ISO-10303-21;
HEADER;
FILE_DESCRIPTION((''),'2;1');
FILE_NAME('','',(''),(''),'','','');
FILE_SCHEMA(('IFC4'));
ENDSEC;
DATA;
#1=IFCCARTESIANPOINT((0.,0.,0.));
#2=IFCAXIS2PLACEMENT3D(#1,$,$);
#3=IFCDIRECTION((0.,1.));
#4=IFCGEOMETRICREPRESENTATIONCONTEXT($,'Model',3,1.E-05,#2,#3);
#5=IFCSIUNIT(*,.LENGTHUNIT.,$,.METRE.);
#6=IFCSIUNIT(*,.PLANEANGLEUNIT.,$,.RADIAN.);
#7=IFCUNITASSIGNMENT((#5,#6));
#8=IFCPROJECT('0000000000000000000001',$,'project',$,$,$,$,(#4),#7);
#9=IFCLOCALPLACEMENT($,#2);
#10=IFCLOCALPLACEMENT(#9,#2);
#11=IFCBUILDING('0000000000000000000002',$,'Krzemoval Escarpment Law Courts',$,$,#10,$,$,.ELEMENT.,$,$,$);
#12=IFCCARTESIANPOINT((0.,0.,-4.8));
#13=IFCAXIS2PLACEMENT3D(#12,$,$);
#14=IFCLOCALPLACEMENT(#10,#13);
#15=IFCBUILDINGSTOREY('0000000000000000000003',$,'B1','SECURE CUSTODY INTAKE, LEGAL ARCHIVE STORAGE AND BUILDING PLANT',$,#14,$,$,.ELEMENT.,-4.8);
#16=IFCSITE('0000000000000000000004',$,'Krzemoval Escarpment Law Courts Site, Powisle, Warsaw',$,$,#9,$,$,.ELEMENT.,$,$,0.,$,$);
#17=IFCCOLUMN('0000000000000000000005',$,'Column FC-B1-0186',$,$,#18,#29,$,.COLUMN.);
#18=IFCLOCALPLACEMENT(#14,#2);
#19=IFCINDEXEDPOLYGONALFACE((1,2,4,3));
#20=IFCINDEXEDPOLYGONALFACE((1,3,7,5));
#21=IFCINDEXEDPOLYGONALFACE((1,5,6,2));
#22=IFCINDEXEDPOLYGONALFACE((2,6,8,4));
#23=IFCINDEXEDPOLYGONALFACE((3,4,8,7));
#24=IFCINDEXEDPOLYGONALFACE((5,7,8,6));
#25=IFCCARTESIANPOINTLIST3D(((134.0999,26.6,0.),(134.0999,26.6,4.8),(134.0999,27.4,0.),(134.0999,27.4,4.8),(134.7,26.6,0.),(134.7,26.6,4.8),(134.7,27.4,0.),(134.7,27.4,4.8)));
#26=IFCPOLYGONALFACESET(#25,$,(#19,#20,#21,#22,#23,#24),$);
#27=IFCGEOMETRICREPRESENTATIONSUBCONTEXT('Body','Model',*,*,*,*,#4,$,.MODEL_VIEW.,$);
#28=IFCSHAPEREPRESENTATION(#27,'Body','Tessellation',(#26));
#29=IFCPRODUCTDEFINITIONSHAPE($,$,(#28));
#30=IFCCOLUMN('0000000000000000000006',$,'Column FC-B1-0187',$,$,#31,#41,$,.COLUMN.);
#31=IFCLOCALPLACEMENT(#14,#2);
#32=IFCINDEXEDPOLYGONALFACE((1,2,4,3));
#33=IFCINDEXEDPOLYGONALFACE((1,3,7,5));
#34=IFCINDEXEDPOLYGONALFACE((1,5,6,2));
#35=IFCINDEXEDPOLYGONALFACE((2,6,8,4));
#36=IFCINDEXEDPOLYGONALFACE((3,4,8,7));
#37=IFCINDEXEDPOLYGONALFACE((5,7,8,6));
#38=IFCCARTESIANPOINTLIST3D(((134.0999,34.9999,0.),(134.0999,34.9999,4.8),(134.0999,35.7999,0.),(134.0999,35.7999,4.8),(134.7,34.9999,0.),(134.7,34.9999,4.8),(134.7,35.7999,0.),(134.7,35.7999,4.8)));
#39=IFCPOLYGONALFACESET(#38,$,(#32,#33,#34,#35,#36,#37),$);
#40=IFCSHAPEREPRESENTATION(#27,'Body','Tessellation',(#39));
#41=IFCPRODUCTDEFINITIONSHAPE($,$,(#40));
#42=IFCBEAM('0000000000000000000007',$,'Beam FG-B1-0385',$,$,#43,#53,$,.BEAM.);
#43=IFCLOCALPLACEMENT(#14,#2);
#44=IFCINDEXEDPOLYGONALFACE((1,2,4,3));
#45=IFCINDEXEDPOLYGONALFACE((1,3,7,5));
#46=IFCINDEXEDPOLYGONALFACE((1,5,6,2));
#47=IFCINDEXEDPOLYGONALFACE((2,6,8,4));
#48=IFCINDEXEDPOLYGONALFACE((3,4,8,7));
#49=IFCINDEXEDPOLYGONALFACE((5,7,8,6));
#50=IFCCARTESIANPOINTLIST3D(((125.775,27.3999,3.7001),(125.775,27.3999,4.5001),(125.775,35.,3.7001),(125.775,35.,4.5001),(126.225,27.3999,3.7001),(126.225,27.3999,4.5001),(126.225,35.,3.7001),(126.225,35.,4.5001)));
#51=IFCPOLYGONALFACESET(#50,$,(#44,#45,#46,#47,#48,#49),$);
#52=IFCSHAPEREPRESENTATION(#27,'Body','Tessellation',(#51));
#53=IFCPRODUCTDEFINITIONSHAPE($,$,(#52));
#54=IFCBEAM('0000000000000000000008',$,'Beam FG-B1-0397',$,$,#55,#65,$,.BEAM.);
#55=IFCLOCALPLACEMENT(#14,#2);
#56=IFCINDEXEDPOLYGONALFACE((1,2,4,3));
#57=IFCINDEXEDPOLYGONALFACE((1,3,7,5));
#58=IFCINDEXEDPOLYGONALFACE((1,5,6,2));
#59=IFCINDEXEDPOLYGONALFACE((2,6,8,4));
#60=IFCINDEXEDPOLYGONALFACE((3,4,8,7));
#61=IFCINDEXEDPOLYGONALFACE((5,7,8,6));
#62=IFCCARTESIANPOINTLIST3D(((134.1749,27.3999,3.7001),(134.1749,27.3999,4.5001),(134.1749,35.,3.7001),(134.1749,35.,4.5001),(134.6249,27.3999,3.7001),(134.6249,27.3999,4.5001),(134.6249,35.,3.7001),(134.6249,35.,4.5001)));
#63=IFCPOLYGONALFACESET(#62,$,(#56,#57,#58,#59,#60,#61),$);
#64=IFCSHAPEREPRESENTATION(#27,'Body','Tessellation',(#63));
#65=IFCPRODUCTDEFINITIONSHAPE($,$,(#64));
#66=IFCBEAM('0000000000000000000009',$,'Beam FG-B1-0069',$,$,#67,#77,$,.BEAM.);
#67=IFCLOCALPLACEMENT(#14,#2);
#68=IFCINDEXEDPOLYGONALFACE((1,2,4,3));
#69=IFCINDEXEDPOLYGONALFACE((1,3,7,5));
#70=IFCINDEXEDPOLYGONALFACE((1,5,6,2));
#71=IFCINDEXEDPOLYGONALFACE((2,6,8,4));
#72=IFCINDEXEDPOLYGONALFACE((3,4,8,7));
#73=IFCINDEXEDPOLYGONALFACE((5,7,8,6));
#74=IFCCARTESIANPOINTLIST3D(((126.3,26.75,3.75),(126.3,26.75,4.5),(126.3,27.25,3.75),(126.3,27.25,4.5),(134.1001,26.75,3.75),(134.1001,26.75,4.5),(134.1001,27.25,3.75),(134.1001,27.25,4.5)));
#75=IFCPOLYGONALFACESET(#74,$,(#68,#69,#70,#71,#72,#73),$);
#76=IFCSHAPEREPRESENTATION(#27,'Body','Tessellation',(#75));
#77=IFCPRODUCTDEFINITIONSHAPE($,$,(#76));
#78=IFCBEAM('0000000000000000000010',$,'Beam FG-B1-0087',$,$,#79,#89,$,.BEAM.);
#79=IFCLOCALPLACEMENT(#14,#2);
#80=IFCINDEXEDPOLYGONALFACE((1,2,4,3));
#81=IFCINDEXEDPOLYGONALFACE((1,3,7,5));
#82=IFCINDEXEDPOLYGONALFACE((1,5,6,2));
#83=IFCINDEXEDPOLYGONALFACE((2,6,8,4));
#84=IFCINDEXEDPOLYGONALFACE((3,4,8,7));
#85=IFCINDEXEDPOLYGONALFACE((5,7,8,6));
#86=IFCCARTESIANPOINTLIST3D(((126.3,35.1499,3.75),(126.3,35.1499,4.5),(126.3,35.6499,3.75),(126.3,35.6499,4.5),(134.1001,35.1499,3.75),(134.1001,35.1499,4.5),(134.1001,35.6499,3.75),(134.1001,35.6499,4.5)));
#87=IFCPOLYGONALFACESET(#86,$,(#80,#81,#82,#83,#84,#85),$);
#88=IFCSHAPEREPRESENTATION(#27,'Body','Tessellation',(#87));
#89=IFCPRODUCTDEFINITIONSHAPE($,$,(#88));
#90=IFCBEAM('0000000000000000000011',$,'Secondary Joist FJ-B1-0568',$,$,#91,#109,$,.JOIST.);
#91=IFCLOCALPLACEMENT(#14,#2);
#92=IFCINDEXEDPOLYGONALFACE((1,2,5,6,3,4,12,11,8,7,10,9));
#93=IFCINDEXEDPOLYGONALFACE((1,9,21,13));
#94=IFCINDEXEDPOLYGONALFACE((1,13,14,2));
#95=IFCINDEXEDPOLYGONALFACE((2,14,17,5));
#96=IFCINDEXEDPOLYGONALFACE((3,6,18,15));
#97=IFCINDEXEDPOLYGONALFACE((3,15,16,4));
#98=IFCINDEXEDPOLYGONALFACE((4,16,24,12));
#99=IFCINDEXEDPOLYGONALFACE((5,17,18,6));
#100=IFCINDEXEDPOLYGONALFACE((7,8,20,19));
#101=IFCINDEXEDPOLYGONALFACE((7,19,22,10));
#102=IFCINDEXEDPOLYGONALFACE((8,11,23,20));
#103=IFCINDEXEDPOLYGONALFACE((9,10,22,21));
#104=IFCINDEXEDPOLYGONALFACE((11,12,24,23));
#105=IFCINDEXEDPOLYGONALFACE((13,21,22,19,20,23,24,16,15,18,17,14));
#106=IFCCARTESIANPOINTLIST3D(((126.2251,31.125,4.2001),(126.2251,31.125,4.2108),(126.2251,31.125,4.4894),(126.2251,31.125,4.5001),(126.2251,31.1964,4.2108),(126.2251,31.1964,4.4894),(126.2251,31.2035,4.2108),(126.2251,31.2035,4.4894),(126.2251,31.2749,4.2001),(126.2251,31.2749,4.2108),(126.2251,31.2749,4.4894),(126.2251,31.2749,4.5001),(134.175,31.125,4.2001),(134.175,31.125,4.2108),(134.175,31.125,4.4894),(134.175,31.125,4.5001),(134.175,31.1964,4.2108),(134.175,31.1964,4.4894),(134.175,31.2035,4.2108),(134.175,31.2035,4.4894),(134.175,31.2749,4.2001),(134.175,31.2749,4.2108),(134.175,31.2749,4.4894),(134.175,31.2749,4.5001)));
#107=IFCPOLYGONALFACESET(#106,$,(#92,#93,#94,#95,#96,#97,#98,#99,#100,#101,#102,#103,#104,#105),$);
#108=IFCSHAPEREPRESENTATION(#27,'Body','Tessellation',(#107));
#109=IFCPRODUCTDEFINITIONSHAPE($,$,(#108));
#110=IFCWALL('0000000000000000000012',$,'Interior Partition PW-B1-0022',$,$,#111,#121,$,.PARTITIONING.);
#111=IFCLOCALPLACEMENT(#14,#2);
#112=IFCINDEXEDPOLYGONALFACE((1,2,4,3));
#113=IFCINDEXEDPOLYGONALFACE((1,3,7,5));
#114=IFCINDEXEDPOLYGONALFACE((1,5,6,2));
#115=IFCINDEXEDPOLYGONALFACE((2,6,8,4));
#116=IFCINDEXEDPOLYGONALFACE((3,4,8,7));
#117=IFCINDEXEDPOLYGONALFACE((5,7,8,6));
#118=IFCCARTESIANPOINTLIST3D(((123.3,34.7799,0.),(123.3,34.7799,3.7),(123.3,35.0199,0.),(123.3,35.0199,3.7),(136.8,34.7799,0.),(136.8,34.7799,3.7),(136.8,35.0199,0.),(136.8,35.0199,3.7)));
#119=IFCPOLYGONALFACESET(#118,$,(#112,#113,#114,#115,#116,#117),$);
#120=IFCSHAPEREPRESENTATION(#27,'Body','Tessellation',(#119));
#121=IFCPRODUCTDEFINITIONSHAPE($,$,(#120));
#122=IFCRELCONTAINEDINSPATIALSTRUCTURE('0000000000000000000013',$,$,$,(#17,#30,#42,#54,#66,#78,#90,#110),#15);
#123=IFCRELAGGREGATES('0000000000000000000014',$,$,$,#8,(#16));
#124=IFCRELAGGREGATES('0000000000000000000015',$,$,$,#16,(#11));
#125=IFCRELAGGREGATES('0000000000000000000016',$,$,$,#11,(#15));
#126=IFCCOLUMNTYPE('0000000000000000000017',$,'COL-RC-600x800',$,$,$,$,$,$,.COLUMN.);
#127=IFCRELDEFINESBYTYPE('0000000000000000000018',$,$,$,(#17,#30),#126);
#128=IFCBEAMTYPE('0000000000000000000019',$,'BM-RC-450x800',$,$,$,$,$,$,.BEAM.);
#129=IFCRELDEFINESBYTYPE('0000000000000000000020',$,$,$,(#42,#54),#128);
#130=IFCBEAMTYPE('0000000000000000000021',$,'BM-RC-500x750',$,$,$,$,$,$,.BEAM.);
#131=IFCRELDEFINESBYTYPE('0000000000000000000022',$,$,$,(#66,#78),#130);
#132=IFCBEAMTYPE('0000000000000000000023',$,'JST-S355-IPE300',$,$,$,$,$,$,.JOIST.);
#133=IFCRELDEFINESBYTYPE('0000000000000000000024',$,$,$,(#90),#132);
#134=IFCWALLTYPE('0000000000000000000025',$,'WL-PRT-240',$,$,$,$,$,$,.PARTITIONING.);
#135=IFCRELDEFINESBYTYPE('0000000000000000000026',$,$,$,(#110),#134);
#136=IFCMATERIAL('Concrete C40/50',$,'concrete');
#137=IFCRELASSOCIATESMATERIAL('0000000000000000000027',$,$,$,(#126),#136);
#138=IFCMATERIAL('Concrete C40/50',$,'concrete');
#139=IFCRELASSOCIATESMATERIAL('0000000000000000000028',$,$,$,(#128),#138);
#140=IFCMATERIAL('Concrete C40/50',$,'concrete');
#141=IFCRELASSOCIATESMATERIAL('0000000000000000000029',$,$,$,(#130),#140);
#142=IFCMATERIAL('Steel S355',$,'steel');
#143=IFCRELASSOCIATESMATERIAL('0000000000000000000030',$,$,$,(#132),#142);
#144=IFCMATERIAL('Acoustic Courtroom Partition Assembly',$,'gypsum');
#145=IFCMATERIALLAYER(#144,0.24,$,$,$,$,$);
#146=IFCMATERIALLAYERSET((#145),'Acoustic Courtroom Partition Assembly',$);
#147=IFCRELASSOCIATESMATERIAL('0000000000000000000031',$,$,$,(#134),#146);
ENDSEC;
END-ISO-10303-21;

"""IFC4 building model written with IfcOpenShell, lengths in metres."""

from ifc_helpers import new_model, si_unit, direction, frame, frame_2d, origin, origin_2d, place, context, subcontext, project, spatial, rectangle, i_section, extrude, material, layer, layer_set, material_profile, profile_set, type_object, element, save


model = new_model("IFC4")

# Units and contexts
model_context = context("Model", 3, precision=1e-05, world=origin(), true_north=direction((0.0, 1.0)))
body_context = subcontext(model_context, "Body", "Model", "MODEL_VIEW")
ifc_project = project(units=[si_unit("LENGTHUNIT", "METRE"), si_unit("PLANEANGLEUNIT", "RADIAN")], contexts=[model_context])

# Site, building, storey
site_placement = place(None, origin())
site = spatial("IfcSite", under=ifc_project, at=site_placement, Name="Krzemoval Escarpment Law Courts Site, Powisle, Warsaw", CompositionType="ELEMENT", RefElevation=0.0)
building_placement = place(site_placement, origin())
building = spatial("IfcBuilding", under=site, at=building_placement, Name="Krzemoval Escarpment Law Courts", CompositionType="ELEMENT")
storey_placement = place(building_placement, frame((0.0, 0.0, -4.8)))
storey = spatial("IfcBuildingStorey", under=building, at=storey_placement, Name="B1", Description="SECURE CUSTODY INTAKE, LEGAL ARCHIVE STORAGE AND BUILDING PLANT", CompositionType="ELEMENT", Elevation=-4.8)

# Columns
ifc_material_1 = material(Name="Concrete C40/50", Category="concrete")
ifc_material_profile_1 = material_profile(ifc_material_1, rectangle(XDim=0.6001, YDim=0.8, at=origin_2d()), Name="RC 600x800")
ifc_profile_set_1 = profile_set([ifc_material_profile_1], Name="Concrete C40/50")
column_type = type_object("IfcColumnType", Name="COL-RC-600x800", PredefinedType="COLUMN", material=ifc_profile_set_1)
for number, where, z_axis, x_axis, name in (
    (1, (134.3999, 27.0, 0.0), (0.0, 0.0, 1.0), (1.0, 0.0, 0.0), "Column FC-B1-0186"),
    (2, (134.3999, 35.3999, 0.0), (0.0, 0.0, 1.0), (1.0, 0.0, 0.0), "Column FC-B1-0187"),
):
    element("IfcColumn", number, at=place(storey_placement, frame(where, z_axis=z_axis, x_axis=x_axis)), inside=storey, type_object=column_type, Name=name, PredefinedType="COLUMN", context=body_context, shape_type="SweptSolid", body=[
        extrude(rectangle(XDim=0.6001, YDim=0.8, at=origin_2d()), origin(), (0.0, 0.0, 1.0), 4.8),
    ])

# Beams
ifc_material_2 = material(Name="Concrete C40/50", Category="concrete")
ifc_material_profile_2 = material_profile(ifc_material_2, rectangle(XDim=0.45, YDim=0.8, at=origin_2d()), Name="RCB 450x800")
ifc_profile_set_2 = profile_set([ifc_material_profile_2], Name="Concrete C40/50")
beam_type_1 = type_object("IfcBeamType", Name="BM-RC-450x800", PredefinedType="BEAM", material=ifc_profile_set_2)
for number, where, z_axis, x_axis, name in (
    (3, (126.0, 27.3999, 4.1001), (0.0, 1.0, 0.0), (-1.0, 0.0, 0.0), "Beam FG-B1-0385"),
    (4, (134.3999, 27.3999, 4.1001), (0.0, 1.0, 0.0), (-1.0, 0.0, 0.0), "Beam FG-B1-0397"),
):
    element("IfcBeam", number, at=place(storey_placement, frame(where, z_axis=z_axis, x_axis=x_axis)), inside=storey, type_object=beam_type_1, Name=name, PredefinedType="BEAM", context=body_context, shape_type="SweptSolid", body=[
        extrude(rectangle(XDim=0.45, YDim=0.8, at=origin_2d()), origin(), (0.0, 0.0, 1.0), 7.6001),
    ])
ifc_material_3 = material(Name="Concrete C40/50", Category="concrete")
ifc_material_profile_3 = material_profile(ifc_material_3, rectangle(XDim=0.5, YDim=0.75, at=origin_2d()), Name="RCB 500x750")
ifc_profile_set_3 = profile_set([ifc_material_profile_3], Name="Concrete C40/50")
beam_type_2 = type_object("IfcBeamType", Name="BM-RC-500x750", PredefinedType="BEAM", material=ifc_profile_set_3)
for number, where, z_axis, x_axis, name in (
    (5, (126.3, 27.0, 4.125), (1.0, 0.0, 0.0), (0.0, 1.0, 0.0), "Beam FG-B1-0069"),
    (6, (126.3, 35.3999, 4.125), (1.0, 0.0, 0.0), (0.0, 1.0, 0.0), "Beam FG-B1-0087"),
):
    element("IfcBeam", number, at=place(storey_placement, frame(where, z_axis=z_axis, x_axis=x_axis)), inside=storey, type_object=beam_type_2, Name=name, PredefinedType="BEAM", context=body_context, shape_type="SweptSolid", body=[
        extrude(rectangle(XDim=0.5, YDim=0.75, at=origin_2d()), origin(), (0.0, 0.0, 1.0), 7.8),
    ])
ifc_material_4 = material(Name="Steel S355", Category="steel")
ifc_material_profile_4 = material_profile(ifc_material_4, i_section(OverallWidth=0.1499, OverallDepth=0.3, WebThickness=0.0071, FlangeThickness=0.0107, at=origin_2d()), Name="IPE 300")
ifc_profile_set_4 = profile_set([ifc_material_profile_4], Name="Steel S355")
beam_type_3 = type_object("IfcBeamType", Name="JST-S355-IPE300", PredefinedType="JOIST", material=ifc_profile_set_4)
beam_placement = place(storey_placement, frame((126.2251, 31.2, 4.3501), z_axis=(1.0, 0.0, 0.0), x_axis=(0.0, 1.0, 0.0)))
element("IfcBeam", 7, at=beam_placement, inside=storey, type_object=beam_type_3, Name="Secondary Joist FJ-B1-0568", PredefinedType="JOIST", context=body_context, shape_type="SweptSolid", body=[
    extrude(i_section(OverallWidth=0.1499, OverallDepth=0.3, WebThickness=0.0071, FlangeThickness=0.0107, at=origin_2d()), origin(), (0.0, 0.0, 1.0), 7.95),
])

# Wall
ifc_material_5 = material(Name="Acoustic Courtroom Partition Assembly", Category="gypsum")
ifc_layer = layer(ifc_material_5, 0.24)
ifc_layer_set = layer_set([ifc_layer], Name="Acoustic Courtroom Partition Assembly")
wall_type = type_object("IfcWallType", Name="WL-PRT-240", PredefinedType="PARTITIONING", material=ifc_layer_set)
wall_placement = place(storey_placement, frame((123.3, 34.8999, 0.0), z_axis=(0.0, 0.0, 1.0), x_axis=(1.0, 0.0, 0.0)))
element("IfcWall", 8, at=wall_placement, inside=storey, type_object=wall_type, Name="Interior Partition PW-B1-0022", PredefinedType="PARTITIONING", context=body_context, shape_type="SweptSolid", body=[
    extrude(rectangle(XDim=13.5, YDim=0.24, at=frame_2d((6.75, 0.0))), origin(), (0.0, 0.0, 1.0), 3.7),
])

save(model, "model.ifc")
